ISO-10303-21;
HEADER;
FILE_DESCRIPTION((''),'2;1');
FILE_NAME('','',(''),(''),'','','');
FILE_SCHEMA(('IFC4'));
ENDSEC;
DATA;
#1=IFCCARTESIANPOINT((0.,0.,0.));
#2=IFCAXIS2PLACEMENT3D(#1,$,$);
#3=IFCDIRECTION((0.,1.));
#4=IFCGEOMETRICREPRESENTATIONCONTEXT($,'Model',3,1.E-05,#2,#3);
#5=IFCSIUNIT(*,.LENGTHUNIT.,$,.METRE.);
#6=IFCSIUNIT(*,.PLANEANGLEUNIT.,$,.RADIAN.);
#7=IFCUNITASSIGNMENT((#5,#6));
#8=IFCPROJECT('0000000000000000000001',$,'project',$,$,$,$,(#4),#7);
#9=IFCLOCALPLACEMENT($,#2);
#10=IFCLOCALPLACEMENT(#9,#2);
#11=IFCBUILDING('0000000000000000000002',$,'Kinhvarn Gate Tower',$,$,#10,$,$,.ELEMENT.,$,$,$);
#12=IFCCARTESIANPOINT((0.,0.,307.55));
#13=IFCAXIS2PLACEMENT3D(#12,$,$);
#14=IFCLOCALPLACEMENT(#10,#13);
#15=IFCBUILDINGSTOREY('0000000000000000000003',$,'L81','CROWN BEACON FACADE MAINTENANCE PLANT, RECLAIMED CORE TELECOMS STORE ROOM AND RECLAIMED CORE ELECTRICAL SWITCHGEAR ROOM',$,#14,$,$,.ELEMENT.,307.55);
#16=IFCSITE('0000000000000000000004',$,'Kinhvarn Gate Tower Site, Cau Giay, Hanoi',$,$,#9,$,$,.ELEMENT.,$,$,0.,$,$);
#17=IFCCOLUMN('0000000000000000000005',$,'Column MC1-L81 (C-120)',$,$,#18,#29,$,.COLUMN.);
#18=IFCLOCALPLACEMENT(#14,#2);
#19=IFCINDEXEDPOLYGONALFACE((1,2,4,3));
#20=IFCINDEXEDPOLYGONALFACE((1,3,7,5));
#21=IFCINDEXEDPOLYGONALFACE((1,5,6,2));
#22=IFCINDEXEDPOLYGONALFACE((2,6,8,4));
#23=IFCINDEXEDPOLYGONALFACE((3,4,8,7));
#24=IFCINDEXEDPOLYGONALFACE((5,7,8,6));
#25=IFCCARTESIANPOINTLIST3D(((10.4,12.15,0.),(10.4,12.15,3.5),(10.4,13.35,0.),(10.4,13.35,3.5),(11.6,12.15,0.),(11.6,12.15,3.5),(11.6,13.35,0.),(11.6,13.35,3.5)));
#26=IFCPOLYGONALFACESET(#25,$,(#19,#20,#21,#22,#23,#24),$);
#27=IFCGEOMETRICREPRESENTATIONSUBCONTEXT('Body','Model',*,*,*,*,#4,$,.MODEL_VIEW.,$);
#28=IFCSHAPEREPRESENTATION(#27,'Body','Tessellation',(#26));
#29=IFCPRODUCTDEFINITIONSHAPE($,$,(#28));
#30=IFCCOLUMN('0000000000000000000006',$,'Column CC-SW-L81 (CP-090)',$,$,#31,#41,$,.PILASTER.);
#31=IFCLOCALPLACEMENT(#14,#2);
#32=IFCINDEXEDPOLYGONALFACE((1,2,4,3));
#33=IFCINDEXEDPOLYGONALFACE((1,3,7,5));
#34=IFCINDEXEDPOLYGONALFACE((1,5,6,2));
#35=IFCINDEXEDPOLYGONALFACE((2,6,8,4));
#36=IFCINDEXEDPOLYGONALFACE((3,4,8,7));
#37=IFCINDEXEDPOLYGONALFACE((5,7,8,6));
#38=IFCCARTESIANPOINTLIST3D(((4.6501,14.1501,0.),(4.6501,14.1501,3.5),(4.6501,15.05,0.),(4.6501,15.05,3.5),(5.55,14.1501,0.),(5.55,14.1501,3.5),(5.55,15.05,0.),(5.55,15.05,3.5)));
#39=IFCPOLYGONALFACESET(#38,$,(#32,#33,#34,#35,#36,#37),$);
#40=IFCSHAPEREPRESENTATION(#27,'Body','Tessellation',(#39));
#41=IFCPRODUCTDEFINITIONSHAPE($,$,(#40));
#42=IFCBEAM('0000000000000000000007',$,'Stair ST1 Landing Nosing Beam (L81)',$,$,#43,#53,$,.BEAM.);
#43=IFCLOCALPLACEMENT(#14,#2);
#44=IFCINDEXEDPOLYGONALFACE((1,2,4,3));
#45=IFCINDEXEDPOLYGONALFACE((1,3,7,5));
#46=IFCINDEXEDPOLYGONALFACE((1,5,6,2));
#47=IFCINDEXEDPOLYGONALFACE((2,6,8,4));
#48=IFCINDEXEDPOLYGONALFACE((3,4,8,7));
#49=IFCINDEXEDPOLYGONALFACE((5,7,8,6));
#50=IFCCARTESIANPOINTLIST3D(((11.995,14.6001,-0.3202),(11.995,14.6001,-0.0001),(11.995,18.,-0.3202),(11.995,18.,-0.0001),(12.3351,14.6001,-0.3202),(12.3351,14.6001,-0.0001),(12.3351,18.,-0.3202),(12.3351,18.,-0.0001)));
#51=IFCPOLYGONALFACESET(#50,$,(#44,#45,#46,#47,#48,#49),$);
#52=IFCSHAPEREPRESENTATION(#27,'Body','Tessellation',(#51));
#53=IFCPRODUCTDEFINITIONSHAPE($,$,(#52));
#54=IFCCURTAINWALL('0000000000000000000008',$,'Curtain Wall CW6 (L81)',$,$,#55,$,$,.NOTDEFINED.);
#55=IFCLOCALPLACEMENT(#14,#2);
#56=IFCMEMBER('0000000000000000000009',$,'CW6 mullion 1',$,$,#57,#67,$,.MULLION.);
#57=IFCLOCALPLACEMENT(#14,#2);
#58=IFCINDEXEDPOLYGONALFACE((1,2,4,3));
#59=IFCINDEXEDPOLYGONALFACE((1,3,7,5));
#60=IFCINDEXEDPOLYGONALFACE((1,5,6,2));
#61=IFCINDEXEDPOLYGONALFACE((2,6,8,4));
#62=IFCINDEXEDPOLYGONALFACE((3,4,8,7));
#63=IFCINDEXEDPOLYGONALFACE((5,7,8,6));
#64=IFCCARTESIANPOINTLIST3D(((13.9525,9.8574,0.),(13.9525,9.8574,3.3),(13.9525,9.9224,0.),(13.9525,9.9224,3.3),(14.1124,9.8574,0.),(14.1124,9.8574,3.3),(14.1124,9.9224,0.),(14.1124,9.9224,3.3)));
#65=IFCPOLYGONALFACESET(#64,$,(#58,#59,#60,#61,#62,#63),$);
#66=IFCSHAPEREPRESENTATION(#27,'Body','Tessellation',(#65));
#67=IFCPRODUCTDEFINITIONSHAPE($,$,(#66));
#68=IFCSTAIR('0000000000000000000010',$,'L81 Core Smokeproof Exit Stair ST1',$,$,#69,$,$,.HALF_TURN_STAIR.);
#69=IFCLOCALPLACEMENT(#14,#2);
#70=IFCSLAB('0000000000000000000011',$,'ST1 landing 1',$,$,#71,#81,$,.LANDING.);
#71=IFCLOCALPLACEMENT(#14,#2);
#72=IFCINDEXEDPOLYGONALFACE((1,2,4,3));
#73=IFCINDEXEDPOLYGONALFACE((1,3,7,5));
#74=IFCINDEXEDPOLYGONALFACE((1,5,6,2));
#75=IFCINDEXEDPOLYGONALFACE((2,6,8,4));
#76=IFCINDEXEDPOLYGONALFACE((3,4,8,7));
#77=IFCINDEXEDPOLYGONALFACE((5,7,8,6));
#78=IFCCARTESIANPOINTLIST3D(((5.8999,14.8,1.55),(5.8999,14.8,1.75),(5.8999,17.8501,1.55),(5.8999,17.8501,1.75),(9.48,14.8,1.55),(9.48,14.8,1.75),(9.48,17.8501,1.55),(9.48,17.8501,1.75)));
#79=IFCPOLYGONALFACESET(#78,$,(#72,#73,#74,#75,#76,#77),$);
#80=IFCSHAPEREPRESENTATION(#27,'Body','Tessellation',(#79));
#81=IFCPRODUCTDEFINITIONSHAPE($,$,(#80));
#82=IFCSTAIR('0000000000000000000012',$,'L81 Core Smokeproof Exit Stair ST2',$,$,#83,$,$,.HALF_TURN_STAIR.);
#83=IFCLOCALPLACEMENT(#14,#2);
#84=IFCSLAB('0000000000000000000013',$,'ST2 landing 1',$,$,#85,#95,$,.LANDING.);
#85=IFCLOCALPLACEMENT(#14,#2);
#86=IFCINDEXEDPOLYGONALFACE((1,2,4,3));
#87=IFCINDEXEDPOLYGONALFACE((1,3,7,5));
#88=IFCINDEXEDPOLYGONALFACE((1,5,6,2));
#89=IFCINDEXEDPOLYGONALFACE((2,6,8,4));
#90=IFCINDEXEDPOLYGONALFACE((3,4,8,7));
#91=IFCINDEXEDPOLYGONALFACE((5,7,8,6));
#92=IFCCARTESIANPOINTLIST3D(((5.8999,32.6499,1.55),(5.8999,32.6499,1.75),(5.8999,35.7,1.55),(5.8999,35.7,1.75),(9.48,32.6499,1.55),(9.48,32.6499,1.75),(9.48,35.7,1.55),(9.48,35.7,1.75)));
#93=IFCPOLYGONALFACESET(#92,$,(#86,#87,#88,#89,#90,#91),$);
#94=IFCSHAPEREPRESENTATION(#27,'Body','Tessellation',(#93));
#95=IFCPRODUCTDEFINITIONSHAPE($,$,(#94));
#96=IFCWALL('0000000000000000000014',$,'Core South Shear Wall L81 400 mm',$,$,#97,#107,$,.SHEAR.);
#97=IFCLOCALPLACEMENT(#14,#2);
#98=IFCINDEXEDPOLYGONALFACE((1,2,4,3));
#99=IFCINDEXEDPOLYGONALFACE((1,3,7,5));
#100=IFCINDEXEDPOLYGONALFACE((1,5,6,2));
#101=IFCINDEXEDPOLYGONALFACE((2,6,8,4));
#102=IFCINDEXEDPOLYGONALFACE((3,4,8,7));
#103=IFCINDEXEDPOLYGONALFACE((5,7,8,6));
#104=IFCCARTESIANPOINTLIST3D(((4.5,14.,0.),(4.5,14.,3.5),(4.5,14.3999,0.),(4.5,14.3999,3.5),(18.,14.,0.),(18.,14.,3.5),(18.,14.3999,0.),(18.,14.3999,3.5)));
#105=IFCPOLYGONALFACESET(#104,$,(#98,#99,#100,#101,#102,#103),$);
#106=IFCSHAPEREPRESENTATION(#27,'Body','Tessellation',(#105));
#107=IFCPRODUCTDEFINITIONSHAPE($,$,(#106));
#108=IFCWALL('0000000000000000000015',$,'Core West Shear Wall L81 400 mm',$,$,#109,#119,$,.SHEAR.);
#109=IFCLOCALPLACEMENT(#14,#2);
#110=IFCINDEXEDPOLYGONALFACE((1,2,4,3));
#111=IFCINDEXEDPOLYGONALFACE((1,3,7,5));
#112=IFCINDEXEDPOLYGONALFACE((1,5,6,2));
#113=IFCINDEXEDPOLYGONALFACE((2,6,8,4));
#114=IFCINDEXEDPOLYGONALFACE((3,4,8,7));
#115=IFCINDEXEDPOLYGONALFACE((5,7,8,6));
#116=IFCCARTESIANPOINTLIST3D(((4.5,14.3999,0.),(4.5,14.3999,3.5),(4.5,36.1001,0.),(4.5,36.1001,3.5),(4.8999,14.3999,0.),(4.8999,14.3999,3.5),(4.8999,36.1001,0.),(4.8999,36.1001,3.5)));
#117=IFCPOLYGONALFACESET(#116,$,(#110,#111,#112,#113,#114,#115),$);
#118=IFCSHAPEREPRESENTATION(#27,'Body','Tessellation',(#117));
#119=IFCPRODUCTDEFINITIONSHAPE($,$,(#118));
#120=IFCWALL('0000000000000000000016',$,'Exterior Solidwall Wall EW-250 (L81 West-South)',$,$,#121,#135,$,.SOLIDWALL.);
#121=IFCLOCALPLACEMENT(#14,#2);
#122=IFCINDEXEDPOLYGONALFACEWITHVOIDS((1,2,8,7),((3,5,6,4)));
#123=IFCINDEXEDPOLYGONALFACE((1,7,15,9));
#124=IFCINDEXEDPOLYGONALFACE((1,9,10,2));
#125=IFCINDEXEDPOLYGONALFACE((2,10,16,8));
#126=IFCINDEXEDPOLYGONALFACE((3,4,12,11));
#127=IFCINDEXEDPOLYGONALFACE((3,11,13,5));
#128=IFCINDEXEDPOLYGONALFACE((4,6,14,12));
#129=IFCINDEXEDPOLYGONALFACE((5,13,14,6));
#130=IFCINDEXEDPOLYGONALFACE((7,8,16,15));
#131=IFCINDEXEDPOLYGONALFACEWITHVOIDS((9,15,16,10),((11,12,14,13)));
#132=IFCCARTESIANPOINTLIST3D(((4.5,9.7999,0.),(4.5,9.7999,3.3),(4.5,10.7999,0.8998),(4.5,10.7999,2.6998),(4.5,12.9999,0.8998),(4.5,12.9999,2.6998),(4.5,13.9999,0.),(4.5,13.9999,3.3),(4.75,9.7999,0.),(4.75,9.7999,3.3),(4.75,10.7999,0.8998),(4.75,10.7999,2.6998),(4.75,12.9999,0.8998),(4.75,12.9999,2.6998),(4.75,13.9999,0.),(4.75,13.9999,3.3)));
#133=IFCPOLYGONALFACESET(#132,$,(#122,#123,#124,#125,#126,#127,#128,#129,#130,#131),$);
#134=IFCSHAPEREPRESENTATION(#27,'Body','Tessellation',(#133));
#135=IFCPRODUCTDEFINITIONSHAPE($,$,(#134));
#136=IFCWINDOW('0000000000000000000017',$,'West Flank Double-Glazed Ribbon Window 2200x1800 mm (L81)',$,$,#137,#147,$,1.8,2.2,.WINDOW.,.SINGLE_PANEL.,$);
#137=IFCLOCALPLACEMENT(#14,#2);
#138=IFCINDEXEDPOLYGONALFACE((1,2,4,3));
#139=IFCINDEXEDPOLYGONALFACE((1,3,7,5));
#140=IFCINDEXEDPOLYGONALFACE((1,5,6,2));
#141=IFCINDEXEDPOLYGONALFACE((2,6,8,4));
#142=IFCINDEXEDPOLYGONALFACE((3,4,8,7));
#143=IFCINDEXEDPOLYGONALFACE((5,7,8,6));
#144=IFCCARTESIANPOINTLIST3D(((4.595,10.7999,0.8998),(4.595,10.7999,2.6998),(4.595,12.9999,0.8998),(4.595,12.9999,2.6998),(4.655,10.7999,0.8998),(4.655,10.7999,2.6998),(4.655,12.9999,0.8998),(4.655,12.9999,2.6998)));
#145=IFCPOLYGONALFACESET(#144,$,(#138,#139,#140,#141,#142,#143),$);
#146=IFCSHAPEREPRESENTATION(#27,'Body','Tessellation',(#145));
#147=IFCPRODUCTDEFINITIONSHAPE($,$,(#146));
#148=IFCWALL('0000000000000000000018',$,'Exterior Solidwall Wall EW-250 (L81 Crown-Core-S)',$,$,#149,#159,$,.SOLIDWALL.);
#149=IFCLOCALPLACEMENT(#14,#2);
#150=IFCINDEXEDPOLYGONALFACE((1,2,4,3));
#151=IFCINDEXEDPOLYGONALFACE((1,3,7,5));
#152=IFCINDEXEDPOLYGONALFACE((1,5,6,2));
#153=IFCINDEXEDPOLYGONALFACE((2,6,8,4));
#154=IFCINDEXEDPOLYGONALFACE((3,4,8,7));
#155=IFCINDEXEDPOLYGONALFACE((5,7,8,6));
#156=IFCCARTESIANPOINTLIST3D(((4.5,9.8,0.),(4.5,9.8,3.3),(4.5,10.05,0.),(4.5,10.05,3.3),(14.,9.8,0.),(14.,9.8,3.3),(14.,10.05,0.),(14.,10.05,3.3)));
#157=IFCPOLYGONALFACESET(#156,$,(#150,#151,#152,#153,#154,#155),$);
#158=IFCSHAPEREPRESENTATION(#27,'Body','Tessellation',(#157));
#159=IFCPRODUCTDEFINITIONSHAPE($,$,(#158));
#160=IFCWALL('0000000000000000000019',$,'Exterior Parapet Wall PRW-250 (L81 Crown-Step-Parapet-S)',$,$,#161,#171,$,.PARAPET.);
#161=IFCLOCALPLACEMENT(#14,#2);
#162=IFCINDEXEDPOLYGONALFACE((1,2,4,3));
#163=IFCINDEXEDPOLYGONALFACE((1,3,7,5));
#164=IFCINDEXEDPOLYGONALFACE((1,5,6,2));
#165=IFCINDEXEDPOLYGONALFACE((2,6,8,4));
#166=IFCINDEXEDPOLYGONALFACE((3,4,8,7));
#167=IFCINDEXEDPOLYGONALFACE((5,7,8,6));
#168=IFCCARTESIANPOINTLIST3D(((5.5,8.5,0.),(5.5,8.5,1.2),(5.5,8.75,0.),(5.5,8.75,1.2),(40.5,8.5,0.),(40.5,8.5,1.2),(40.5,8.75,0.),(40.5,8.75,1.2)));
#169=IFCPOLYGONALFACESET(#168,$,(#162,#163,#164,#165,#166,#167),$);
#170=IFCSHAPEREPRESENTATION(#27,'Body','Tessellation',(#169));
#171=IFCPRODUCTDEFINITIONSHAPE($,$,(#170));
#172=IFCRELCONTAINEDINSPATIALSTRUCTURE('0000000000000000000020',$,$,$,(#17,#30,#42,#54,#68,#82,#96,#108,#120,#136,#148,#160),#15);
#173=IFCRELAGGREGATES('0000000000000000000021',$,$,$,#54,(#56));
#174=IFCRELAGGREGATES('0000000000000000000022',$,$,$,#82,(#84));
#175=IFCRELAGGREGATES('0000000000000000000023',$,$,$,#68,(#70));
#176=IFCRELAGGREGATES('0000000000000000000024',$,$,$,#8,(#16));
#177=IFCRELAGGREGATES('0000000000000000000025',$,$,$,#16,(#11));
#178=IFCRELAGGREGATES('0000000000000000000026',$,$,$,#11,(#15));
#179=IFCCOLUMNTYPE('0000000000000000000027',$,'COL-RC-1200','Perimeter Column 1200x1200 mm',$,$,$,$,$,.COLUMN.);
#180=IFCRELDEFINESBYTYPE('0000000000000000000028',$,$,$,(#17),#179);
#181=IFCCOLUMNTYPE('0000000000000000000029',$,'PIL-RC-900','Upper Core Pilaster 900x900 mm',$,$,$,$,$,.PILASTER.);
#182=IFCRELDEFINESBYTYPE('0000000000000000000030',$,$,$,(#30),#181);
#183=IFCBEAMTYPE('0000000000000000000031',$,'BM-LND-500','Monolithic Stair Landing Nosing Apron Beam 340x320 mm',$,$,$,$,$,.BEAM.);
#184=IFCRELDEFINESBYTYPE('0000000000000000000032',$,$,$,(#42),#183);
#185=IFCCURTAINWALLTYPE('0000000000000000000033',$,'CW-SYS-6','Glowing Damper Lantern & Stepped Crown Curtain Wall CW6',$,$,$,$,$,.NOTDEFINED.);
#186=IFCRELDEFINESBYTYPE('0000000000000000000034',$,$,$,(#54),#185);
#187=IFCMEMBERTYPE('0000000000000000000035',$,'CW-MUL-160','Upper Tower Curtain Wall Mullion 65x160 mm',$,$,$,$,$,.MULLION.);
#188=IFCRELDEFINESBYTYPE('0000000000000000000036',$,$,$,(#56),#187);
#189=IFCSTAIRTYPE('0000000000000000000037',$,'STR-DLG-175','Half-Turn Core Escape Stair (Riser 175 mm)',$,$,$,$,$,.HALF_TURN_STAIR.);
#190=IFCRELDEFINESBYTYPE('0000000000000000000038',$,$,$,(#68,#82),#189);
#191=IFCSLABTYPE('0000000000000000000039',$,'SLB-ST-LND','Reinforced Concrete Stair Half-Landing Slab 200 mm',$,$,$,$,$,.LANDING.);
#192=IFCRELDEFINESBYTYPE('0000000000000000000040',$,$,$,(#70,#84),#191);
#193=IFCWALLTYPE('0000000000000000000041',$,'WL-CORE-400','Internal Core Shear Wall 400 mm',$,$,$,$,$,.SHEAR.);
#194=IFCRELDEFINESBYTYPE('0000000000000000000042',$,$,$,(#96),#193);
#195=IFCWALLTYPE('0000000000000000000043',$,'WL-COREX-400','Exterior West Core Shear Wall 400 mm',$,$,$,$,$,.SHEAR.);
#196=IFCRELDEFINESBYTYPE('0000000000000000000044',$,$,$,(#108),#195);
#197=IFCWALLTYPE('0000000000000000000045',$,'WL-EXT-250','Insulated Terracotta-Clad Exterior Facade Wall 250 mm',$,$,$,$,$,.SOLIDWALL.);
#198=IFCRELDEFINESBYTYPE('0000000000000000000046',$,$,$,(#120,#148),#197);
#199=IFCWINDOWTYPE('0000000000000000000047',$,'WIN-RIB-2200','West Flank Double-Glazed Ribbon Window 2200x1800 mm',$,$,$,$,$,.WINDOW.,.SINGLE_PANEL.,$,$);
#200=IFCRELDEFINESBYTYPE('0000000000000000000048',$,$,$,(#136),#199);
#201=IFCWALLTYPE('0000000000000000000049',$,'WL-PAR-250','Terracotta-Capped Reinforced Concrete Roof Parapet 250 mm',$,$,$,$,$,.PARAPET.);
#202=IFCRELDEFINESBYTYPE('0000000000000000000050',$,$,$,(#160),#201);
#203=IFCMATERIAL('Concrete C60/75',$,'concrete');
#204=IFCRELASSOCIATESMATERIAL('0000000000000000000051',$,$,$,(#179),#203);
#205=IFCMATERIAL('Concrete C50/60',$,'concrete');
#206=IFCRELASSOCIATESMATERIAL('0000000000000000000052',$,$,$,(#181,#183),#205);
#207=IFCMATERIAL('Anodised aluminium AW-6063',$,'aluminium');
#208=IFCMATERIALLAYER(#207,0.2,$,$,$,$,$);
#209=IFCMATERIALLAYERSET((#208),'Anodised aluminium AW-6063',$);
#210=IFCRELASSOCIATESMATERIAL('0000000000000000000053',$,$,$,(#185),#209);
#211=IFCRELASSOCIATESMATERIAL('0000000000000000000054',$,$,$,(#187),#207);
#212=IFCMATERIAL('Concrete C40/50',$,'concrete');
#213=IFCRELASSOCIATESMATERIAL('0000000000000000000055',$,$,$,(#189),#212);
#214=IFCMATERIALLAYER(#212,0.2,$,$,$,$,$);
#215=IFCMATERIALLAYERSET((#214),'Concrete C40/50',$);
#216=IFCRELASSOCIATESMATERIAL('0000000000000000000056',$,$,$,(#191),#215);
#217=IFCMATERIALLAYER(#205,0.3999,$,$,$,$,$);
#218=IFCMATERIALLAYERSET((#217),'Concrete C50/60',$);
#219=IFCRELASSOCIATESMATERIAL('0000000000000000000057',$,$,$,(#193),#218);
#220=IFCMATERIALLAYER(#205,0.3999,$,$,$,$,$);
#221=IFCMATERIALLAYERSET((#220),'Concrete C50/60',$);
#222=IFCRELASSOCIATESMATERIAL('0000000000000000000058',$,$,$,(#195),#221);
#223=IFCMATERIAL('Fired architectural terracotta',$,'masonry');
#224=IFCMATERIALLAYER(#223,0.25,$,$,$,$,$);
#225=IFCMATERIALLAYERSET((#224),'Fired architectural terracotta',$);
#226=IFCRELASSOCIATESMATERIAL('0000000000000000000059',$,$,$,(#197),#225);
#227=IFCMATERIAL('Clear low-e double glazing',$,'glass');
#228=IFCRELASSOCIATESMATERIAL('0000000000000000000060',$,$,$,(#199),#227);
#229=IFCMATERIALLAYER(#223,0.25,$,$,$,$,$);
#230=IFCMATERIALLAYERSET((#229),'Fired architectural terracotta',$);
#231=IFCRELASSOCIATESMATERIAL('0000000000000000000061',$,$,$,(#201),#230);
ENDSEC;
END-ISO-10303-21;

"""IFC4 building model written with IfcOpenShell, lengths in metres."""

from ifc_helpers import new_model, si_unit, direction, frame, frame_2d, origin, origin_2d, place, context, subcontext, project, spatial, polyline, rectangle, outline, extrude, material, layer, layer_set, material_profile, profile_set, type_object, element, fill, aggregate, save


model = new_model("IFC4")

# Units and contexts
model_context = context("Model", 3, precision=1e-05, world=origin(), true_north=direction((0.0, 1.0)))
body_context = subcontext(model_context, "Body", "Model", "MODEL_VIEW")
ifc_project = project(units=[si_unit("LENGTHUNIT", "METRE"), si_unit("PLANEANGLEUNIT", "RADIAN")], contexts=[model_context])

# Site, building, storey
site_placement = place(None, origin())
site = spatial("IfcSite", under=ifc_project, at=site_placement, Name="Kinhvarn Gate Tower Site, Cau Giay, Hanoi", CompositionType="ELEMENT", RefElevation=0.0)
building_placement = place(site_placement, origin())
building = spatial("IfcBuilding", under=site, at=building_placement, Name="Kinhvarn Gate Tower", CompositionType="ELEMENT")
storey_placement = place(building_placement, frame((0.0, 0.0, 307.55)))
storey = spatial("IfcBuildingStorey", under=building, at=storey_placement, Name="L81", Description="CROWN BEACON FACADE MAINTENANCE PLANT, RECLAIMED CORE TELECOMS STORE ROOM AND RECLAIMED CORE ELECTRICAL SWITCHGEAR ROOM", CompositionType="ELEMENT", Elevation=307.55)

# Columns
ifc_material_1 = material(Name="Concrete C60/75", Category="concrete")
ifc_material_profile_1 = material_profile(ifc_material_1, rectangle(XDim=1.2, YDim=1.2, at=origin_2d()), Name="RC 1200x1200")
ifc_profile_set_1 = profile_set([ifc_material_profile_1], Name="Concrete C60/75")
column_type_1 = type_object("IfcColumnType", Name="COL-RC-1200", Description="Perimeter Column 1200x1200 mm", PredefinedType="COLUMN", material=ifc_profile_set_1)
column_1_placement = place(storey_placement, frame((11.0, 12.75, 0.0), z_axis=(0.0, 0.0, 1.0), x_axis=(1.0, 0.0, 0.0)))
element("IfcColumn", 1, at=column_1_placement, inside=storey, type_object=column_type_1, Name="Column MC1-L81 (C-120)", PredefinedType="COLUMN", context=body_context, shape_type="SweptSolid", body=[
    extrude(rectangle(XDim=1.2, YDim=1.2, at=origin_2d()), origin(), (0.0, 0.0, 1.0), 3.5),
])
ifc_material_2 = material(Name="Concrete C50/60", Category="concrete")
ifc_material_profile_2 = material_profile(ifc_material_2, rectangle(XDim=0.8999, YDim=0.8999, at=origin_2d()), Name="RC 900x900")
ifc_profile_set_2 = profile_set([ifc_material_profile_2], Name="Concrete C50/60")
column_type_2 = type_object("IfcColumnType", Name="PIL-RC-900", Description="Upper Core Pilaster 900x900 mm", PredefinedType="PILASTER", material=ifc_profile_set_2)
column_2_placement = place(storey_placement, frame((5.1001, 14.6001, 0.0), z_axis=(0.0, 0.0, 1.0), x_axis=(1.0, 0.0, 0.0)))
element("IfcColumn", 2, at=column_2_placement, inside=storey, type_object=column_type_2, Name="Column CC-SW-L81 (CP-090)", PredefinedType="PILASTER", context=body_context, shape_type="SweptSolid", body=[
    extrude(rectangle(XDim=0.8999, YDim=0.8999, at=origin_2d()), origin(), (0.0, 0.0, 1.0), 3.5),
])

# Beam
ifc_material_profile_3 = material_profile(ifc_material_2, rectangle(XDim=0.3401, YDim=0.3201, at=origin_2d()), Name="RC 340x320")
ifc_profile_set_3 = profile_set([ifc_material_profile_3], Name="Concrete C50/60")
beam_type = type_object("IfcBeamType", Name="BM-LND-500", Description="Monolithic Stair Landing Nosing Apron Beam 340x320 mm", PredefinedType="BEAM", material=ifc_profile_set_3)
beam_placement = place(storey_placement, frame((12.165, 14.6001, -0.1602), z_axis=(0.0, 1.0, 0.0), x_axis=(-1.0, 0.0, 0.0)))
element("IfcBeam", 3, at=beam_placement, inside=storey, type_object=beam_type, Name="Stair ST1 Landing Nosing Beam (L81)", PredefinedType="BEAM", context=body_context, shape_type="SweptSolid", body=[
    extrude(rectangle(XDim=0.3401, YDim=0.3201, at=origin_2d()), origin(), (0.0, 0.0, 1.0), 3.3999),
])

# Curtain wall, member
ifc_material_3 = material(Name="Anodised aluminium AW-6063", Category="aluminium")
ifc_layer_1 = layer(ifc_material_3, 0.2)
ifc_layer_set_1 = layer_set([ifc_layer_1], Name="Anodised aluminium AW-6063")
curtain_wall_type = type_object("IfcCurtainWallType", Name="CW-SYS-6", Description="Glowing Damper Lantern & Stepped Crown Curtain Wall CW6", PredefinedType="NOTDEFINED", material=ifc_layer_set_1)
curtain_wall_placement = place(storey_placement, origin())
curtain_wall = element("IfcCurtainWall", 4, at=curtain_wall_placement, inside=storey, type_object=curtain_wall_type, Name="Curtain Wall CW6 (L81)", PredefinedType="NOTDEFINED")
ifc_material_profile_4 = material_profile(ifc_material_3, rectangle(XDim=0.0649, YDim=0.1599, at=origin_2d()), Name="ALU 65x160")
ifc_profile_set_4 = profile_set([ifc_material_profile_4], Name="Anodised aluminium AW-6063")
member_type = type_object("IfcMemberType", Name="CW-MUL-160", Description="Upper Tower Curtain Wall Mullion 65x160 mm", PredefinedType="MULLION", material=ifc_profile_set_4)
member_placement = place(storey_placement, frame((14.0325, 9.8899, 0.0), z_axis=(0.0, 0.0, 1.0), x_axis=(0.0, 1.0, 0.0)))
member = element("IfcMember", 5, at=member_placement, type_object=member_type, Name="CW6 mullion 1", PredefinedType="MULLION", context=body_context, shape_type="SweptSolid", body=[
    extrude(rectangle(XDim=0.0649, YDim=0.1599, at=origin_2d()), origin(), (0.0, 0.0, 1.0), 3.3),
])
aggregate(curtain_wall, [member])

# Stairs, slabs
ifc_material_4 = material(Name="Concrete C40/50", Category="concrete")
stair_type = type_object("IfcStairType", Name="STR-DLG-175", Description="Half-Turn Core Escape Stair (Riser 175 mm)", PredefinedType="HALF_TURN_STAIR", material=ifc_material_4)
stair_1_placement = place(storey_placement, origin())
stair_1 = element("IfcStair", 6, at=stair_1_placement, inside=storey, type_object=stair_type, Name="L81 Core Smokeproof Exit Stair ST1", PredefinedType="HALF_TURN_STAIR")
ifc_layer_2 = layer(ifc_material_4, 0.2)
ifc_layer_set_2 = layer_set([ifc_layer_2], Name="Concrete C40/50")
slab_type = type_object("IfcSlabType", Name="SLB-ST-LND", Description="Reinforced Concrete Stair Half-Landing Slab 200 mm", PredefinedType="LANDING", material=ifc_layer_set_2)
slab_1_placement = place(storey_placement, frame((0.0, 0.0, 1.55)))
slab_1 = element("IfcSlab", 7, at=slab_1_placement, type_object=slab_type, Name="ST1 landing 1", PredefinedType="LANDING", context=body_context, shape_type="SweptSolid", body=[
    extrude(outline(polyline([(9.48, 17.8501), (5.8999, 17.8501), (5.8999, 14.8), (9.48, 14.8), (9.48, 17.8501)])), origin(), (0.0, 0.0, 1.0), 0.2),
])
stair_2_placement = place(storey_placement, origin())
stair_2 = element("IfcStair", 8, at=stair_2_placement, inside=storey, type_object=stair_type, Name="L81 Core Smokeproof Exit Stair ST2", PredefinedType="HALF_TURN_STAIR")
slab_2_placement = place(storey_placement, frame((0.0, 0.0, 1.55)))
slab_2 = element("IfcSlab", 9, at=slab_2_placement, type_object=slab_type, Name="ST2 landing 1", PredefinedType="LANDING", context=body_context, shape_type="SweptSolid", body=[
    extrude(outline(polyline([(9.48, 35.7), (5.8999, 35.7), (5.8999, 32.6499), (9.48, 32.6499), (9.48, 35.7)])), origin(), (0.0, 0.0, 1.0), 0.2),
])
aggregate(stair_2, [slab_2])

# Walls
ifc_layer_3 = layer(ifc_material_2, 0.3999)
ifc_layer_set_3 = layer_set([ifc_layer_3], Name="Concrete C50/60")
wall_type_1 = type_object("IfcWallType", Name="WL-CORE-400", Description="Internal Core Shear Wall 400 mm", PredefinedType="SHEAR", material=ifc_layer_set_3)
wall_1_placement = place(storey_placement, frame((4.5, 14.2, 0.0), z_axis=(0.0, 0.0, 1.0), x_axis=(1.0, 0.0, 0.0)))
element("IfcWall", 10, at=wall_1_placement, inside=storey, type_object=wall_type_1, Name="Core South Shear Wall L81 400 mm", PredefinedType="SHEAR", context=body_context, shape_type="SweptSolid", body=[
    extrude(rectangle(XDim=13.5, YDim=0.3999, at=frame_2d((6.75, 0.0))), origin(), (0.0, 0.0, 1.0), 3.5),
])
ifc_layer_4 = layer(ifc_material_2, 0.3999)
ifc_layer_set_4 = layer_set([ifc_layer_4], Name="Concrete C50/60")
wall_type_2 = type_object("IfcWallType", Name="WL-COREX-400", Description="Exterior West Core Shear Wall 400 mm", PredefinedType="SHEAR", material=ifc_layer_set_4)
wall_2_placement = place(storey_placement, frame((4.7, 14.3999, 0.0), z_axis=(0.0, 0.0, 1.0), x_axis=(0.0, 1.0, 0.0)))
element("IfcWall", 11, at=wall_2_placement, inside=storey, type_object=wall_type_2, Name="Core West Shear Wall L81 400 mm", PredefinedType="SHEAR", context=body_context, shape_type="SweptSolid", body=[
    extrude(rectangle(XDim=21.7002, YDim=0.3999, at=frame_2d((10.8501, 0.0))), origin(), (0.0, 0.0, 1.0), 3.5),
])

# Wall, opening, window
ifc_material_5 = material(Name="Fired architectural terracotta", Category="masonry")
ifc_layer_5 = layer(ifc_material_5, 0.25)
ifc_layer_set_5 = layer_set([ifc_layer_5], Name="Fired architectural terracotta")
wall_type_3 = type_object("IfcWallType", Name="WL-EXT-250", Description="Insulated Terracotta-Clad Exterior Facade Wall 250 mm", PredefinedType="SOLIDWALL", material=ifc_layer_set_5)
wall_3_placement = place(storey_placement, frame((4.625, 14.0, 0.0), z_axis=(0.0, 0.0, 1.0), x_axis=(0.0, -1.0, 0.0)))
wall_3 = element("IfcWall", 12, at=wall_3_placement, inside=storey, type_object=wall_type_3, Name="Exterior Solidwall Wall EW-250 (L81 West-South)", PredefinedType="SOLIDWALL", context=body_context, shape_type="SweptSolid", body=[
    extrude(rectangle(XDim=4.2, YDim=0.25, at=frame_2d((2.1001, 0.0))), origin(), (0.0, 0.0, 1.0), 3.3),
])
opening_1_placement = place(wall_3_placement, frame((1.0, 0.0, 0.8999)))
opening_1 = element("IfcOpeningElement", 13, at=opening_1_placement, cuts=wall_3, PredefinedType="OPENING", context=body_context, shape_type="SweptSolid", body=[
    extrude(rectangle(XDim=2.2, YDim=1.8, at=frame_2d((1.1001, 0.8999))), frame((0.0, 0.135, 0.0), z_axis=(0.0, -1.0, 0.0), x_axis=(1.0, 0.0, 0.0)), (0.0, 0.0, 1.0), 0.27),
])
ifc_material_6 = material(Name="Clear low-e double glazing", Category="glass")
window_type = type_object("IfcWindowType", Name="WIN-RIB-2200", Description="West Flank Double-Glazed Ribbon Window 2200x1800 mm", PartitioningType="SINGLE_PANEL", PredefinedType="WINDOW", material=ifc_material_6)
window_placement = place(opening_1_placement, origin())
window = element("IfcWindow", 14, at=window_placement, inside=storey, type_object=window_type, Name="West Flank Double-Glazed Ribbon Window 2200x1800 mm (L81)", OverallHeight=1.8, OverallWidth=2.2, PartitioningType="SINGLE_PANEL", PredefinedType="WINDOW", context=body_context, shape_type="SweptSolid", body=[
    extrude(rectangle(XDim=2.2, YDim=1.8, at=frame_2d((1.1001, 0.8999))), frame((0.0, 0.03, 0.0), z_axis=(0.0, -1.0, 0.0), x_axis=(1.0, 0.0, 0.0)), (0.0, 0.0, 1.0), 0.0601),
])
fill(opening_1, window)

# Walls
wall_4_placement = place(storey_placement, frame((4.5, 9.925, 0.0), z_axis=(0.0, 0.0, 1.0), x_axis=(1.0, 0.0, 0.0)))
element("IfcWall", 15, at=wall_4_placement, inside=storey, type_object=wall_type_3, Name="Exterior Solidwall Wall EW-250 (L81 Crown-Core-S)", PredefinedType="SOLIDWALL", context=body_context, shape_type="SweptSolid", body=[
    extrude(rectangle(XDim=9.5, YDim=0.25, at=frame_2d((4.75, 0.0))), origin(), (0.0, 0.0, 1.0), 3.3),
])
ifc_layer_6 = layer(ifc_material_5, 0.25)
ifc_layer_set_6 = layer_set([ifc_layer_6], Name="Fired architectural terracotta")
wall_type_4 = type_object("IfcWallType", Name="WL-PAR-250", Description="Terracotta-Capped Reinforced Concrete Roof Parapet 250 mm", PredefinedType="PARAPET", material=ifc_layer_set_6)
wall_5_placement = place(storey_placement, frame((5.5, 8.625, 0.0), z_axis=(0.0, 0.0, 1.0), x_axis=(1.0, 0.0, 0.0)))
element("IfcWall", 16, at=wall_5_placement, inside=storey, type_object=wall_type_4, Name="Exterior Parapet Wall PRW-250 (L81 Crown-Step-Parapet-S)", PredefinedType="PARAPET", context=body_context, shape_type="SweptSolid", body=[
    extrude(rectangle(XDim=35.0, YDim=0.25, at=frame_2d((17.5, 0.0))), origin(), (0.0, 0.0, 1.0), 1.2),
])

aggregate(stair_1, [slab_1])

save(model, "model.ifc")
